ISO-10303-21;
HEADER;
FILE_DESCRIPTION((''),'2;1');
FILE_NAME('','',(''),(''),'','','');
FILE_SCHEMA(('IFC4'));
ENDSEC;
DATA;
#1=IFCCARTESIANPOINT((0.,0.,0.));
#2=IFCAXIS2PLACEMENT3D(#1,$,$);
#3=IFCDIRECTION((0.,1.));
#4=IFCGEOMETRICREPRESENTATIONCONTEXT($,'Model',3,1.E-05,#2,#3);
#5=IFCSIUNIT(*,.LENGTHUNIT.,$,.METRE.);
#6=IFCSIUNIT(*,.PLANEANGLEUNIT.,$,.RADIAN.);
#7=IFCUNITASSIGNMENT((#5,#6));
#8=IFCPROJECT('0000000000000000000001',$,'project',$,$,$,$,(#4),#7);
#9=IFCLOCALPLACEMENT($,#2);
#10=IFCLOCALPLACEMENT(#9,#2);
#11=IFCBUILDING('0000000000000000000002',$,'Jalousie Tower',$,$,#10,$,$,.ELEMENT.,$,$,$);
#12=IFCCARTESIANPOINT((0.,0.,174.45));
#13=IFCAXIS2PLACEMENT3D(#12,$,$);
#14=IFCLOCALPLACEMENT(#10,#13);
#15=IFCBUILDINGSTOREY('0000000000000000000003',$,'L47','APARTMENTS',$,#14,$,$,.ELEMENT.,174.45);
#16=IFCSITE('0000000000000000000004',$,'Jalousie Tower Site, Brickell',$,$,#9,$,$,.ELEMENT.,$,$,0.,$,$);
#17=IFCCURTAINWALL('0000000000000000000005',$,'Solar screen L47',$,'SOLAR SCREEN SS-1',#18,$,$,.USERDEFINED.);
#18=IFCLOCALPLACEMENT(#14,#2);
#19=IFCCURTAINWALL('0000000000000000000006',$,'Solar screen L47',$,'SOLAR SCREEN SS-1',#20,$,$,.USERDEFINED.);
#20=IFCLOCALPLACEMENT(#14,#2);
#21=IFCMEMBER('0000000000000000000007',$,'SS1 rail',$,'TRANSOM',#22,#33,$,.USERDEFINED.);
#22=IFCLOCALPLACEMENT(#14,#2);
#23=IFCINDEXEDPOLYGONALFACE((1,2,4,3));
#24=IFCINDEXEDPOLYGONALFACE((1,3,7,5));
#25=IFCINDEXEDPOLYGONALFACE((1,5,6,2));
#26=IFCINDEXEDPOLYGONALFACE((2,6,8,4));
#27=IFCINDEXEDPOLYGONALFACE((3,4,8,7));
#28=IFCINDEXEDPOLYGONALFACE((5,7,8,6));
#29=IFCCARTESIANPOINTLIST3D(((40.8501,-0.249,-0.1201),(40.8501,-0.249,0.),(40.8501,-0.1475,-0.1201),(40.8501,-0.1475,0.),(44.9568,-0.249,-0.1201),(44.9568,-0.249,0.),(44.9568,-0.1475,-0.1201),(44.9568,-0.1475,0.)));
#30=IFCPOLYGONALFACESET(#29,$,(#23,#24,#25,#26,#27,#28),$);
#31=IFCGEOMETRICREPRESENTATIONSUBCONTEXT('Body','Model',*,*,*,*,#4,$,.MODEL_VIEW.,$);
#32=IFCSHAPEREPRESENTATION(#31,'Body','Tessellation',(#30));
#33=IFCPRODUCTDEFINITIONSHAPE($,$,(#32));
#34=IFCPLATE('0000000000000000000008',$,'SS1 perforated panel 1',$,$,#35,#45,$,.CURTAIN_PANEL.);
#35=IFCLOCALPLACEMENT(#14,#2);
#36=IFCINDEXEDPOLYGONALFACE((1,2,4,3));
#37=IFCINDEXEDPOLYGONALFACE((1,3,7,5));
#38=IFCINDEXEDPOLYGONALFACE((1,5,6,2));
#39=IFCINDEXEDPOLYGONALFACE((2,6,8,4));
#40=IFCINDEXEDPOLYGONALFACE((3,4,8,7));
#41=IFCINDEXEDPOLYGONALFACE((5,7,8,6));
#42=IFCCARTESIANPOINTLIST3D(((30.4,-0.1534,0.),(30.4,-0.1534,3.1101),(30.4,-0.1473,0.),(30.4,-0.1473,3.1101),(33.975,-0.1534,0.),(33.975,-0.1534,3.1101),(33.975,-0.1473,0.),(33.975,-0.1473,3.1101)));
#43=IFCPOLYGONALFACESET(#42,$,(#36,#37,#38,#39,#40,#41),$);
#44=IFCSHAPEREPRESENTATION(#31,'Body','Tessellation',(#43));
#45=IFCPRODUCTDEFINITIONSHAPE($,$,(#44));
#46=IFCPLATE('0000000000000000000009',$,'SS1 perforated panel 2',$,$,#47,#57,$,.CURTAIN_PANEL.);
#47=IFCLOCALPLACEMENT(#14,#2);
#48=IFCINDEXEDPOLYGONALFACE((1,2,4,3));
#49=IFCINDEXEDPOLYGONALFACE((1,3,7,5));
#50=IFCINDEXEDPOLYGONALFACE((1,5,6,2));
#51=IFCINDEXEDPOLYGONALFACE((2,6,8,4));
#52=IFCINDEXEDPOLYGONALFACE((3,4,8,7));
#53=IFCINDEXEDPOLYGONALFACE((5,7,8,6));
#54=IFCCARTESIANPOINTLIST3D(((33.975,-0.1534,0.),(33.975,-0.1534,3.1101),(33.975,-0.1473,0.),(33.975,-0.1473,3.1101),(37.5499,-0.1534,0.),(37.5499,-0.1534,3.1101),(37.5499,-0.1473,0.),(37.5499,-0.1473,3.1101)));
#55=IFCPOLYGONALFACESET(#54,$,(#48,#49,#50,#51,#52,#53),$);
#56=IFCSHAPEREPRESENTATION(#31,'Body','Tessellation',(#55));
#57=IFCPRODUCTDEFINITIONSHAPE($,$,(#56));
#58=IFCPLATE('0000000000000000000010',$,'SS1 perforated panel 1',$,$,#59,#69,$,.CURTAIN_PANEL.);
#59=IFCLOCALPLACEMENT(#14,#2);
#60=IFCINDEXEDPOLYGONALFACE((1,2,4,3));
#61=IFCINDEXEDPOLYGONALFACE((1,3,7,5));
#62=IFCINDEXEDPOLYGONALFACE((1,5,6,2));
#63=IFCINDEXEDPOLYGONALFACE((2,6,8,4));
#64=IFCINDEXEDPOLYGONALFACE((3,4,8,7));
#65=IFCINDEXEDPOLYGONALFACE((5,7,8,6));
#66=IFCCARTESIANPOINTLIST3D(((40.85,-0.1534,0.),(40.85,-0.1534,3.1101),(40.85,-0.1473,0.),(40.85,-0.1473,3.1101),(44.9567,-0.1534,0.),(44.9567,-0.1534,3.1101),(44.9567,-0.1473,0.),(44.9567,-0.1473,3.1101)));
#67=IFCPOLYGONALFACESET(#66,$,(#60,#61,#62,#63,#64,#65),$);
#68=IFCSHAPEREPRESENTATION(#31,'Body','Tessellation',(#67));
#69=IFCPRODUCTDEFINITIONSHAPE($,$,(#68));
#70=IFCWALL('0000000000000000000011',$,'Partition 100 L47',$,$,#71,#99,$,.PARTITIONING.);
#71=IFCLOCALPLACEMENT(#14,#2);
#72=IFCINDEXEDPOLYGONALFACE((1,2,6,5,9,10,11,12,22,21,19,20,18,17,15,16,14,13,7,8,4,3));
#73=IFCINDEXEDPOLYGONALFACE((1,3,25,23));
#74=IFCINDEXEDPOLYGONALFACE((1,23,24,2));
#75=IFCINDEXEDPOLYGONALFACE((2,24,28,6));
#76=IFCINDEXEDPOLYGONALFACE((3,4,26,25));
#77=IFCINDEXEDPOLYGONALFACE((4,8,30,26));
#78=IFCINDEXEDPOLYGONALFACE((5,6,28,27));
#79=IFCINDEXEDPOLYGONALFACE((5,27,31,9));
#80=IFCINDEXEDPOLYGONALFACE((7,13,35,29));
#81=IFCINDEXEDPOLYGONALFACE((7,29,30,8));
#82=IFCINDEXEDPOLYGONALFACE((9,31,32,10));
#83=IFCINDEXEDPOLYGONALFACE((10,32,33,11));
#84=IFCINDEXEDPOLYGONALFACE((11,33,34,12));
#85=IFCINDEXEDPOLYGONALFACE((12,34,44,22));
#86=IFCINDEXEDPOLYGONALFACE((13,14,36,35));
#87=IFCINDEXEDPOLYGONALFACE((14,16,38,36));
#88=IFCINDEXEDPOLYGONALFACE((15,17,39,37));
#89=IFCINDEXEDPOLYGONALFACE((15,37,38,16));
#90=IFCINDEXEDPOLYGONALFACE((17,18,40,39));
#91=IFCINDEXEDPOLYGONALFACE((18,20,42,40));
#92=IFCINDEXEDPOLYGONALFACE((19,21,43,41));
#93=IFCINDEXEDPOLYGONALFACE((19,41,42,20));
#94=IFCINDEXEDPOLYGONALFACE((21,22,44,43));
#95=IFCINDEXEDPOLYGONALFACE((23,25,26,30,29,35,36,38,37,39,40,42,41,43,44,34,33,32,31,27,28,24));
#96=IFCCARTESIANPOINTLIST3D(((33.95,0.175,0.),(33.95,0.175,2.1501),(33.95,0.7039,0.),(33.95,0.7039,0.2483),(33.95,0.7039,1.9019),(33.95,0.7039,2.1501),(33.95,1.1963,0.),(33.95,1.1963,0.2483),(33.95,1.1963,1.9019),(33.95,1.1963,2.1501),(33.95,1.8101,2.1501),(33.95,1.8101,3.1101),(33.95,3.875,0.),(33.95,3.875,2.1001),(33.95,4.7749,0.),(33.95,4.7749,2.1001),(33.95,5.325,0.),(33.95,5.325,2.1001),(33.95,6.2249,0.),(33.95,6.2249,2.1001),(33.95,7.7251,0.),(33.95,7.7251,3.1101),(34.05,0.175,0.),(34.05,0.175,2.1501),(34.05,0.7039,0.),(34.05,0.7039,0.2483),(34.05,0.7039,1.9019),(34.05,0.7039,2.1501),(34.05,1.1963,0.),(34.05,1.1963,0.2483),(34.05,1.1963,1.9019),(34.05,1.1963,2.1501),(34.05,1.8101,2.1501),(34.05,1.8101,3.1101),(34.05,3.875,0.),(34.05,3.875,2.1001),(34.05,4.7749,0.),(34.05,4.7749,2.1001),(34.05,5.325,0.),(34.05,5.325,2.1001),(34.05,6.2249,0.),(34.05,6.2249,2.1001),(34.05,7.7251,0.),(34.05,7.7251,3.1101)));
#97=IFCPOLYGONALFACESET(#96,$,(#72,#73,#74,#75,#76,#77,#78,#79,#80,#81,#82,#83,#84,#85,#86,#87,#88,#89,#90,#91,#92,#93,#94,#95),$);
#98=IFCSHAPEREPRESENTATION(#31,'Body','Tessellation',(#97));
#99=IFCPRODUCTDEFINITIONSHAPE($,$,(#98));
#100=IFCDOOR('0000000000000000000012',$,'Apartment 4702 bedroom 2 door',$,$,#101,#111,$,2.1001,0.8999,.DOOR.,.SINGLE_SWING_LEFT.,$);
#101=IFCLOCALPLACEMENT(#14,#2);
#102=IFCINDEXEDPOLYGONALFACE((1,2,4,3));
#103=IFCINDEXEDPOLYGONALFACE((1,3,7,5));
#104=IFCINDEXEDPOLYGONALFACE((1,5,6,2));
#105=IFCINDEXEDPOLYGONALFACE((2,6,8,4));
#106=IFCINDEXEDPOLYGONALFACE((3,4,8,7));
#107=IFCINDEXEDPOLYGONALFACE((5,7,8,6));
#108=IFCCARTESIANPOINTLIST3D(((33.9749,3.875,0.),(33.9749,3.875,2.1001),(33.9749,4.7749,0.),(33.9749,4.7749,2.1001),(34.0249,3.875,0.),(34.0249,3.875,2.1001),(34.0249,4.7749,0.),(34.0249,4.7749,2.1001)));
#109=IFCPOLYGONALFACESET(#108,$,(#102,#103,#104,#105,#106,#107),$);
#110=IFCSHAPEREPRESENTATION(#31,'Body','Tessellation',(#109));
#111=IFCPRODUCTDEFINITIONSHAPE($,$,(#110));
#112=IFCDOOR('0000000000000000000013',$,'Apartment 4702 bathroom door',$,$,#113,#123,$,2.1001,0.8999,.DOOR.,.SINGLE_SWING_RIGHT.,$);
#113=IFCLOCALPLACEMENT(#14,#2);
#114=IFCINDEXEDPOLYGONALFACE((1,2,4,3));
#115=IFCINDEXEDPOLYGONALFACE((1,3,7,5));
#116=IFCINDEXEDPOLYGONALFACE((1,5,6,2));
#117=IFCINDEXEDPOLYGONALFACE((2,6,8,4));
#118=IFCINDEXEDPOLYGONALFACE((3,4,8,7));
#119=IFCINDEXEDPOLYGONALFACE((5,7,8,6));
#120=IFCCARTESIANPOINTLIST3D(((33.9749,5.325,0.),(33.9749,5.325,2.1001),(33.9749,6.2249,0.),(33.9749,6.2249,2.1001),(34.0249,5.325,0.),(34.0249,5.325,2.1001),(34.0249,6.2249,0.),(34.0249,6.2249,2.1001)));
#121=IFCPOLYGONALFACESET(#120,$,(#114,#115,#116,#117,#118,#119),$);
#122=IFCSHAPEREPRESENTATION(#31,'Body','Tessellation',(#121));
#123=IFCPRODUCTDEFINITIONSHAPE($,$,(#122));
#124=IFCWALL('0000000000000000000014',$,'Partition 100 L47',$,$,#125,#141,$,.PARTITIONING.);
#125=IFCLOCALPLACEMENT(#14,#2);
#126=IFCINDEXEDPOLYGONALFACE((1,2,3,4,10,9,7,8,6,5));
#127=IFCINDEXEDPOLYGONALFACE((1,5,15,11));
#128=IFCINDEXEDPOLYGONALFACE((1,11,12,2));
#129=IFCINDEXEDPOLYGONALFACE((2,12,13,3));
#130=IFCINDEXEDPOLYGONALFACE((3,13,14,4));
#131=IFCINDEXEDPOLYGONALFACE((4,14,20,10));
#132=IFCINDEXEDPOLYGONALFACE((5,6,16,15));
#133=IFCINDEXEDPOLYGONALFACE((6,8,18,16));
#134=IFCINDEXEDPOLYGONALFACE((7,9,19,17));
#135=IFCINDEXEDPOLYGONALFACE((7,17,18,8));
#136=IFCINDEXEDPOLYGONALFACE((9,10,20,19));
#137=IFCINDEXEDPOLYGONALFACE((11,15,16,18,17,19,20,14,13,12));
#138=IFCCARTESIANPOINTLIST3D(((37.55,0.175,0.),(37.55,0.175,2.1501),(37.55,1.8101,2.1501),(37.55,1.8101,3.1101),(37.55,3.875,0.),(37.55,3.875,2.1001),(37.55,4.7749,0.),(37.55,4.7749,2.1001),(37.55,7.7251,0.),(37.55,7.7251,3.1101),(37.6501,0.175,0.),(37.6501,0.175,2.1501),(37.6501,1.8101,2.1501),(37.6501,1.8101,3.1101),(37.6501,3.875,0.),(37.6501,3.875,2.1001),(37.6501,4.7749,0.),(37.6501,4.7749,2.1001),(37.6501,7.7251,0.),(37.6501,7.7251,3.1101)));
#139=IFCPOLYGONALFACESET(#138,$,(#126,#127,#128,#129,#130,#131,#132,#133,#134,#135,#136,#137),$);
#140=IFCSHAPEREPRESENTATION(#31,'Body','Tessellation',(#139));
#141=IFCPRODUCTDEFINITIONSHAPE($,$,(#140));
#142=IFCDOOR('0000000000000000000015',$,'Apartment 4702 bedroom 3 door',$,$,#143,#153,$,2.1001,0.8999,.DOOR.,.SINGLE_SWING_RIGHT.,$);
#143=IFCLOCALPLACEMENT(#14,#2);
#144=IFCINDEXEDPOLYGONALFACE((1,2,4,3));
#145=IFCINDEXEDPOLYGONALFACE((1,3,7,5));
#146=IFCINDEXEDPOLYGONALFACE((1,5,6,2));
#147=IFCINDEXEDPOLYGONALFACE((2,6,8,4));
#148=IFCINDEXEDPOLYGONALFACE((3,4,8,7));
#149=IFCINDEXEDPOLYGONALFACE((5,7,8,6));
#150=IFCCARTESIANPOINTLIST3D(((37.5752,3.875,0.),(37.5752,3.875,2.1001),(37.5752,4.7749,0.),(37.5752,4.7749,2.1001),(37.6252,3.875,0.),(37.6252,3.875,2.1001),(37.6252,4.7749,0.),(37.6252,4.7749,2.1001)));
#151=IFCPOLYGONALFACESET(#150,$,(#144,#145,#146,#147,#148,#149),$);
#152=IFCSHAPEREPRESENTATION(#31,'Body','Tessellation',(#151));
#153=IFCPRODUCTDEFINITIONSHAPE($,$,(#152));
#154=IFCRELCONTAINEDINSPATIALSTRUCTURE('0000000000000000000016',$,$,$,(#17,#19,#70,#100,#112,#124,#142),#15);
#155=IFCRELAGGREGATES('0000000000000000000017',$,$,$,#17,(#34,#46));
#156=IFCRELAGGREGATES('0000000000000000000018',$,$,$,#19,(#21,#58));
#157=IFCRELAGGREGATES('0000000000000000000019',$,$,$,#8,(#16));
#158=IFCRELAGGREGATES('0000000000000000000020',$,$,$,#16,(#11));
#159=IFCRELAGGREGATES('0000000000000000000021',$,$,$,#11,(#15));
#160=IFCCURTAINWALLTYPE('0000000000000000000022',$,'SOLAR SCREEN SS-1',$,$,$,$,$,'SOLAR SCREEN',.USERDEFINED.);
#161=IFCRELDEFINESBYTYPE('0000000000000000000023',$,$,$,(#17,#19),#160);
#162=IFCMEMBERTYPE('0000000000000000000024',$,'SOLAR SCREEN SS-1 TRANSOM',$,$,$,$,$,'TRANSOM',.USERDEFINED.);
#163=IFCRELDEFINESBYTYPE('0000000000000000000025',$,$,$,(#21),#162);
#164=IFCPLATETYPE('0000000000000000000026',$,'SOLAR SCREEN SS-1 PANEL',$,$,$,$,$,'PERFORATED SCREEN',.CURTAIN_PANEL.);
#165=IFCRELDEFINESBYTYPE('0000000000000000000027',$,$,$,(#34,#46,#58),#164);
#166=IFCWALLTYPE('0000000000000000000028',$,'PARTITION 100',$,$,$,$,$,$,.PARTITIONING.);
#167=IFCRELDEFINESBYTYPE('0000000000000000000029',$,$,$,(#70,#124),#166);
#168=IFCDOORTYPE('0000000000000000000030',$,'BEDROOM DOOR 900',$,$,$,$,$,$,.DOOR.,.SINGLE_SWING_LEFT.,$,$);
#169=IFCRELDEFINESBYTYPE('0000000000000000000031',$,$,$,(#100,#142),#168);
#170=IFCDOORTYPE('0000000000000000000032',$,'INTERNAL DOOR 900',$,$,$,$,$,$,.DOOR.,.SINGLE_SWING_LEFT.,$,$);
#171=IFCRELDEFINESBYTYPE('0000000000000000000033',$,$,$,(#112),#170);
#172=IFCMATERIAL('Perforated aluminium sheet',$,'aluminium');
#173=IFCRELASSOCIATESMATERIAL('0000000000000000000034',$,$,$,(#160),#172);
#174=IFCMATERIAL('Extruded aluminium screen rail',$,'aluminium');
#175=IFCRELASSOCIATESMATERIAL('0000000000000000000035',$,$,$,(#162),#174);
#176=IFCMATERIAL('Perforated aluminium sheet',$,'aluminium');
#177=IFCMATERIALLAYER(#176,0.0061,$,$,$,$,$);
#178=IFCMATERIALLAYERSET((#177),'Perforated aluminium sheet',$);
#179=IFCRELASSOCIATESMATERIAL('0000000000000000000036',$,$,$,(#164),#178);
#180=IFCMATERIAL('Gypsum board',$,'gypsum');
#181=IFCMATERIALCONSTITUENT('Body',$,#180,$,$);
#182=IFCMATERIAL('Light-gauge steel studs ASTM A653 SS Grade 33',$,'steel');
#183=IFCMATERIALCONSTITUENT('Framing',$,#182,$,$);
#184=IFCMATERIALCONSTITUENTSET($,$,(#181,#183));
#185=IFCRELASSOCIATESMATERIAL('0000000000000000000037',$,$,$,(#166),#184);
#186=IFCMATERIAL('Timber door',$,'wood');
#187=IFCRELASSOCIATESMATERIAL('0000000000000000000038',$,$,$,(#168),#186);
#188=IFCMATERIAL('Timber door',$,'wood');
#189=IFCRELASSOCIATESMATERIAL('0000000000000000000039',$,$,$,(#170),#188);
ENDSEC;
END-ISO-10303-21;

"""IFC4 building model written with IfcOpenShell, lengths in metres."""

from ifc_helpers import new_model, si_unit, direction, frame, frame_2d, origin, origin_2d, place, context, subcontext, project, spatial, polyline, rectangle, outline, extrude, material, layer, layer_set, constituent, constituent_set, material_profile, profile_set, type_object, element, fill, aggregate, save


model = new_model("IFC4")

# Units and contexts
model_context = context("Model", 3, precision=1e-05, world=origin(), true_north=direction((0.0, 1.0)))
body_context = subcontext(model_context, "Body", "Model", "MODEL_VIEW")
ifc_project = project(units=[si_unit("LENGTHUNIT", "METRE"), si_unit("PLANEANGLEUNIT", "RADIAN")], contexts=[model_context])

# Site, building, storey
site_placement = place(None, origin())
site = spatial("IfcSite", under=ifc_project, at=site_placement, Name="Jalousie Tower Site, Brickell", CompositionType="ELEMENT", RefElevation=0.0)
building_placement = place(site_placement, origin())
building = spatial("IfcBuilding", under=site, at=building_placement, Name="Jalousie Tower", CompositionType="ELEMENT")
storey_placement = place(building_placement, frame((0.0, 0.0, 174.45)))
storey = spatial("IfcBuildingStorey", under=building, at=storey_placement, Name="L47", Description="APARTMENTS", CompositionType="ELEMENT", Elevation=174.45)

# Curtain walls, member
ifc_material_1 = material(Name="Perforated aluminium sheet", Category="aluminium")
curtain_wall_type = type_object("IfcCurtainWallType", Name="SOLAR SCREEN SS-1", ElementType="SOLAR SCREEN", PredefinedType="USERDEFINED", material=ifc_material_1)
curtain_wall_1_placement = place(storey_placement, origin())
curtain_wall_1 = element("IfcCurtainWall", 1, at=curtain_wall_1_placement, inside=storey, type_object=curtain_wall_type, Name="Solar screen L47", ObjectType="SOLAR SCREEN SS-1", PredefinedType="USERDEFINED")
curtain_wall_2_placement = place(storey_placement, origin())
curtain_wall_2 = element("IfcCurtainWall", 2, at=curtain_wall_2_placement, inside=storey, type_object=curtain_wall_type, Name="Solar screen L47", ObjectType="SOLAR SCREEN SS-1", PredefinedType="USERDEFINED")
ifc_material_2 = material(Name="Extruded aluminium screen rail", Category="aluminium")
ifc_material_profile_1 = material_profile(ifc_material_2, rectangle(XDim=0.1016, YDim=0.1201, at=origin_2d()), Name="RAIL 102x120")
ifc_profile_set_1 = profile_set([ifc_material_profile_1], Name="Extruded aluminium screen rail")
member_type_1 = type_object("IfcMemberType", Name="SOLAR SCREEN SS-1 TRANSOM", ElementType="TRANSOM", PredefinedType="USERDEFINED", material=ifc_profile_set_1)
member_1_placement = place(storey_placement, frame((40.8501, -0.1982, -0.0601), z_axis=(1.0, 0.0, 0.0), x_axis=(0.0, 1.0, 0.0)))
member_1 = element("IfcMember", 3, at=member_1_placement, type_object=member_type_1, Name="SS1 rail", ObjectType="TRANSOM", PredefinedType="USERDEFINED", context=body_context, shape_type="SweptSolid", body=[
    extrude(rectangle(XDim=0.1016, YDim=0.1201, at=origin_2d()), origin(), (0.0, 0.0, 1.0), 4.1067),
])

# Plates
ifc_material_3 = material(Name="Perforated aluminium sheet", Category="aluminium")
ifc_layer_1 = layer(ifc_material_3, 0.0061)
ifc_layer_set_1 = layer_set([ifc_layer_1], Name="Perforated aluminium sheet")
plate_type = type_object("IfcPlateType", Name="SOLAR SCREEN SS-1 PANEL", ElementType="PERFORATED SCREEN", PredefinedType="CURTAIN_PANEL", material=ifc_layer_set_1)
plate_1_placement = place(storey_placement, frame((32.1875, -0.1504, 0.0), z_axis=(0.0, 0.0, 1.0), x_axis=(1.0, 0.0, 0.0)))
plate_1 = element("IfcPlate", 4, at=plate_1_placement, type_object=plate_type, Name="SS1 perforated panel 1", PredefinedType="CURTAIN_PANEL", context=body_context, shape_type="SweptSolid", body=[
    extrude(rectangle(XDim=3.575, YDim=0.0061, at=origin_2d()), origin(), (0.0, 0.0, 1.0), 3.1101),
])
plate_2_placement = place(storey_placement, frame((35.7625, -0.1504, 0.0), z_axis=(0.0, 0.0, 1.0), x_axis=(1.0, 0.0, 0.0)))
plate_2 = element("IfcPlate", 5, at=plate_2_placement, type_object=plate_type, Name="SS1 perforated panel 2", PredefinedType="CURTAIN_PANEL", context=body_context, shape_type="SweptSolid", body=[
    extrude(rectangle(XDim=3.575, YDim=0.0061, at=origin_2d()), origin(), (0.0, 0.0, 1.0), 3.1101),
])
aggregate(curtain_wall_1, [plate_1, plate_2])
plate_3_placement = place(storey_placement, frame((42.9033, -0.1504, 0.0), z_axis=(0.0, 0.0, 1.0), x_axis=(1.0, 0.0, 0.0)))
plate_3 = element("IfcPlate", 6, at=plate_3_placement, type_object=plate_type, Name="SS1 perforated panel 1", PredefinedType="CURTAIN_PANEL", context=body_context, shape_type="SweptSolid", body=[
    extrude(rectangle(XDim=4.1067, YDim=0.0061, at=origin_2d()), origin(), (0.0, 0.0, 1.0), 3.1101),
])
aggregate(curtain_wall_2, [member_1, plate_3])

# Wall, openings, doors
ifc_material_4 = material(Name="Gypsum board", Category="gypsum")
ifc_constituent_1 = constituent(ifc_material_4, Name="Body")
ifc_material_5 = material(Name="Light-gauge steel studs ASTM A653 SS Grade 33", Category="steel")
ifc_constituent_2 = constituent(ifc_material_5, Name="Framing")
ifc_constituent_set_1 = constituent_set(constituents=[ifc_constituent_1, ifc_constituent_2])
wall_type_1 = type_object("IfcWallType", Name="PARTITION 100", PredefinedType="PARTITIONING", material=ifc_constituent_set_1)
wall_1_placement = place(storey_placement, frame((34.0, 0.175, 0.0), z_axis=(0.0, 0.0, 1.0), x_axis=(0.0, 1.0, 0.0)))
wall_1 = element("IfcWall", 7, at=wall_1_placement, inside=storey, type_object=wall_type_1, Name="Partition 100 L47", PredefinedType="PARTITIONING", context=body_context, shape_type="SweptSolid", body=[
    extrude(outline(polyline([(0.5288, 2.1501), (0.0, 2.1501), (0.0, 0.0), (0.5288, 0.0), (0.5288, 0.2483), (1.0212, 0.2483), (1.0212, 0.0), (7.55, 0.0), (7.55, 3.1101), (1.635, 3.1101), (1.635, 2.1501), (1.0212, 2.1501), (1.0212, 1.9019), (0.5288, 1.9019), (0.5288, 2.1501)])), frame((0.0, 0.05, 0.0), z_axis=(0.0, -1.0, 0.0), x_axis=(1.0, 0.0, 0.0)), (0.0, 0.0, 1.0), 0.1001),
])
opening_1_placement = place(wall_1_placement, frame((3.7, 0.0, 0.0)))
opening_1 = element("IfcOpeningElement", 8, at=opening_1_placement, cuts=wall_1, PredefinedType="OPENING", context=body_context, shape_type="SweptSolid", body=[
    extrude(rectangle(XDim=0.8999, YDim=2.1001, at=frame_2d((0.45, 1.05))), frame((0.0, 0.0601, 0.0), z_axis=(0.0, -1.0, 0.0), x_axis=(1.0, 0.0, 0.0)), (0.0, 0.0, 1.0), 0.1201),
])
opening_2_placement = place(wall_1_placement, frame((5.1499, 0.0, 0.0)))
opening_2 = element("IfcOpeningElement", 9, at=opening_2_placement, cuts=wall_1, PredefinedType="OPENING", context=body_context, shape_type="SweptSolid", body=[
    extrude(rectangle(XDim=0.8999, YDim=2.1001, at=frame_2d((0.45, 1.05))), frame((0.0, 0.0601, 0.0), z_axis=(0.0, -1.0, 0.0), x_axis=(1.0, 0.0, 0.0)), (0.0, 0.0, 1.0), 0.1201),
])
ifc_material_6 = material(Name="Timber door", Category="wood")
door_type_1 = type_object("IfcDoorType", Name="BEDROOM DOOR 900", OperationType="SINGLE_SWING_LEFT", PredefinedType="DOOR", material=ifc_material_6)
door_1_placement = place(opening_1_placement, frame((0.8999, 0.0, 0.0), z_axis=(0.0, 0.0, 1.0), x_axis=(-1.0, 0.0, 0.0)))
door_1 = element("IfcDoor", 10, at=door_1_placement, inside=storey, type_object=door_type_1, Name="Apartment 4702 bedroom 2 door", OperationType="SINGLE_SWING_LEFT", OverallHeight=2.1001, OverallWidth=0.8999, PredefinedType="DOOR", context=body_context, shape_type="SweptSolid", body=[
    extrude(rectangle(XDim=0.8999, YDim=2.1001, at=frame_2d((0.45, 1.05))), frame((0.0, 0.0249, 0.0), z_axis=(0.0, -1.0, 0.0), x_axis=(1.0, 0.0, 0.0)), (0.0, 0.0, 1.0), 0.05),
])
fill(opening_1, door_1)
ifc_material_7 = material(Name="Timber door", Category="wood")
door_type_2 = type_object("IfcDoorType", Name="INTERNAL DOOR 900", OperationType="SINGLE_SWING_LEFT", PredefinedType="DOOR", material=ifc_material_7)
door_2_placement = place(opening_2_placement, frame((0.8999, 0.0, 0.0), z_axis=(0.0, 0.0, 1.0), x_axis=(-1.0, 0.0, 0.0)))
door_2 = element("IfcDoor", 11, at=door_2_placement, inside=storey, type_object=door_type_2, Name="Apartment 4702 bathroom door", OperationType="SINGLE_SWING_RIGHT", OverallHeight=2.1001, OverallWidth=0.8999, PredefinedType="DOOR", context=body_context, shape_type="SweptSolid", body=[
    extrude(rectangle(XDim=0.8999, YDim=2.1001, at=frame_2d((0.45, 1.05))), frame((0.0, 0.0249, 0.0), z_axis=(0.0, -1.0, 0.0), x_axis=(1.0, 0.0, 0.0)), (0.0, 0.0, 1.0), 0.05),
])
fill(opening_2, door_2)

# Wall, opening, door
wall_2_placement = place(storey_placement, frame((37.6001, 0.175, 0.0), z_axis=(0.0, 0.0, 1.0), x_axis=(0.0, 1.0, 0.0)))
wall_2 = element("IfcWall", 12, at=wall_2_placement, inside=storey, type_object=wall_type_1, Name="Partition 100 L47", PredefinedType="PARTITIONING", context=body_context, shape_type="SweptSolid", body=[
    extrude(outline(polyline([(0.0, 0.0), (7.55, 0.0), (7.55, 3.1101), (1.635, 3.1101), (1.635, 2.1501), (0.0, 2.1501), (0.0, 3.1101), (0.0, 0.0)])), frame((0.0, 0.05, 0.0), z_axis=(0.0, -1.0, 0.0), x_axis=(1.0, 0.0, 0.0)), (0.0, 0.0, 1.0), 0.1001),
])
opening_3_placement = place(wall_2_placement, frame((3.7, 0.0, 0.0)))
opening_3 = element("IfcOpeningElement", 13, at=opening_3_placement, cuts=wall_2, PredefinedType="OPENING", context=body_context, shape_type="SweptSolid", body=[
    extrude(rectangle(XDim=0.8999, YDim=2.1001, at=frame_2d((0.45, 1.05))), frame((0.0, 0.0601, 0.0), z_axis=(0.0, -1.0, 0.0), x_axis=(1.0, 0.0, 0.0)), (0.0, 0.0, 1.0), 0.1201),
])
door_3_placement = place(opening_3_placement, origin())
door_3 = element("IfcDoor", 14, at=door_3_placement, inside=storey, type_object=door_type_1, Name="Apartment 4702 bedroom 3 door", OperationType="SINGLE_SWING_RIGHT", OverallHeight=2.1001, OverallWidth=0.8999, PredefinedType="DOOR", context=body_context, shape_type="SweptSolid", body=[
    extrude(rectangle(XDim=0.8999, YDim=2.1001, at=frame_2d((0.45, 1.05))), frame((0.0, 0.0249, 0.0), z_axis=(0.0, -1.0, 0.0), x_axis=(1.0, 0.0, 0.0)), (0.0, 0.0, 1.0), 0.05),
])
fill(opening_3, door_3)

save(model, "model.ifc")
